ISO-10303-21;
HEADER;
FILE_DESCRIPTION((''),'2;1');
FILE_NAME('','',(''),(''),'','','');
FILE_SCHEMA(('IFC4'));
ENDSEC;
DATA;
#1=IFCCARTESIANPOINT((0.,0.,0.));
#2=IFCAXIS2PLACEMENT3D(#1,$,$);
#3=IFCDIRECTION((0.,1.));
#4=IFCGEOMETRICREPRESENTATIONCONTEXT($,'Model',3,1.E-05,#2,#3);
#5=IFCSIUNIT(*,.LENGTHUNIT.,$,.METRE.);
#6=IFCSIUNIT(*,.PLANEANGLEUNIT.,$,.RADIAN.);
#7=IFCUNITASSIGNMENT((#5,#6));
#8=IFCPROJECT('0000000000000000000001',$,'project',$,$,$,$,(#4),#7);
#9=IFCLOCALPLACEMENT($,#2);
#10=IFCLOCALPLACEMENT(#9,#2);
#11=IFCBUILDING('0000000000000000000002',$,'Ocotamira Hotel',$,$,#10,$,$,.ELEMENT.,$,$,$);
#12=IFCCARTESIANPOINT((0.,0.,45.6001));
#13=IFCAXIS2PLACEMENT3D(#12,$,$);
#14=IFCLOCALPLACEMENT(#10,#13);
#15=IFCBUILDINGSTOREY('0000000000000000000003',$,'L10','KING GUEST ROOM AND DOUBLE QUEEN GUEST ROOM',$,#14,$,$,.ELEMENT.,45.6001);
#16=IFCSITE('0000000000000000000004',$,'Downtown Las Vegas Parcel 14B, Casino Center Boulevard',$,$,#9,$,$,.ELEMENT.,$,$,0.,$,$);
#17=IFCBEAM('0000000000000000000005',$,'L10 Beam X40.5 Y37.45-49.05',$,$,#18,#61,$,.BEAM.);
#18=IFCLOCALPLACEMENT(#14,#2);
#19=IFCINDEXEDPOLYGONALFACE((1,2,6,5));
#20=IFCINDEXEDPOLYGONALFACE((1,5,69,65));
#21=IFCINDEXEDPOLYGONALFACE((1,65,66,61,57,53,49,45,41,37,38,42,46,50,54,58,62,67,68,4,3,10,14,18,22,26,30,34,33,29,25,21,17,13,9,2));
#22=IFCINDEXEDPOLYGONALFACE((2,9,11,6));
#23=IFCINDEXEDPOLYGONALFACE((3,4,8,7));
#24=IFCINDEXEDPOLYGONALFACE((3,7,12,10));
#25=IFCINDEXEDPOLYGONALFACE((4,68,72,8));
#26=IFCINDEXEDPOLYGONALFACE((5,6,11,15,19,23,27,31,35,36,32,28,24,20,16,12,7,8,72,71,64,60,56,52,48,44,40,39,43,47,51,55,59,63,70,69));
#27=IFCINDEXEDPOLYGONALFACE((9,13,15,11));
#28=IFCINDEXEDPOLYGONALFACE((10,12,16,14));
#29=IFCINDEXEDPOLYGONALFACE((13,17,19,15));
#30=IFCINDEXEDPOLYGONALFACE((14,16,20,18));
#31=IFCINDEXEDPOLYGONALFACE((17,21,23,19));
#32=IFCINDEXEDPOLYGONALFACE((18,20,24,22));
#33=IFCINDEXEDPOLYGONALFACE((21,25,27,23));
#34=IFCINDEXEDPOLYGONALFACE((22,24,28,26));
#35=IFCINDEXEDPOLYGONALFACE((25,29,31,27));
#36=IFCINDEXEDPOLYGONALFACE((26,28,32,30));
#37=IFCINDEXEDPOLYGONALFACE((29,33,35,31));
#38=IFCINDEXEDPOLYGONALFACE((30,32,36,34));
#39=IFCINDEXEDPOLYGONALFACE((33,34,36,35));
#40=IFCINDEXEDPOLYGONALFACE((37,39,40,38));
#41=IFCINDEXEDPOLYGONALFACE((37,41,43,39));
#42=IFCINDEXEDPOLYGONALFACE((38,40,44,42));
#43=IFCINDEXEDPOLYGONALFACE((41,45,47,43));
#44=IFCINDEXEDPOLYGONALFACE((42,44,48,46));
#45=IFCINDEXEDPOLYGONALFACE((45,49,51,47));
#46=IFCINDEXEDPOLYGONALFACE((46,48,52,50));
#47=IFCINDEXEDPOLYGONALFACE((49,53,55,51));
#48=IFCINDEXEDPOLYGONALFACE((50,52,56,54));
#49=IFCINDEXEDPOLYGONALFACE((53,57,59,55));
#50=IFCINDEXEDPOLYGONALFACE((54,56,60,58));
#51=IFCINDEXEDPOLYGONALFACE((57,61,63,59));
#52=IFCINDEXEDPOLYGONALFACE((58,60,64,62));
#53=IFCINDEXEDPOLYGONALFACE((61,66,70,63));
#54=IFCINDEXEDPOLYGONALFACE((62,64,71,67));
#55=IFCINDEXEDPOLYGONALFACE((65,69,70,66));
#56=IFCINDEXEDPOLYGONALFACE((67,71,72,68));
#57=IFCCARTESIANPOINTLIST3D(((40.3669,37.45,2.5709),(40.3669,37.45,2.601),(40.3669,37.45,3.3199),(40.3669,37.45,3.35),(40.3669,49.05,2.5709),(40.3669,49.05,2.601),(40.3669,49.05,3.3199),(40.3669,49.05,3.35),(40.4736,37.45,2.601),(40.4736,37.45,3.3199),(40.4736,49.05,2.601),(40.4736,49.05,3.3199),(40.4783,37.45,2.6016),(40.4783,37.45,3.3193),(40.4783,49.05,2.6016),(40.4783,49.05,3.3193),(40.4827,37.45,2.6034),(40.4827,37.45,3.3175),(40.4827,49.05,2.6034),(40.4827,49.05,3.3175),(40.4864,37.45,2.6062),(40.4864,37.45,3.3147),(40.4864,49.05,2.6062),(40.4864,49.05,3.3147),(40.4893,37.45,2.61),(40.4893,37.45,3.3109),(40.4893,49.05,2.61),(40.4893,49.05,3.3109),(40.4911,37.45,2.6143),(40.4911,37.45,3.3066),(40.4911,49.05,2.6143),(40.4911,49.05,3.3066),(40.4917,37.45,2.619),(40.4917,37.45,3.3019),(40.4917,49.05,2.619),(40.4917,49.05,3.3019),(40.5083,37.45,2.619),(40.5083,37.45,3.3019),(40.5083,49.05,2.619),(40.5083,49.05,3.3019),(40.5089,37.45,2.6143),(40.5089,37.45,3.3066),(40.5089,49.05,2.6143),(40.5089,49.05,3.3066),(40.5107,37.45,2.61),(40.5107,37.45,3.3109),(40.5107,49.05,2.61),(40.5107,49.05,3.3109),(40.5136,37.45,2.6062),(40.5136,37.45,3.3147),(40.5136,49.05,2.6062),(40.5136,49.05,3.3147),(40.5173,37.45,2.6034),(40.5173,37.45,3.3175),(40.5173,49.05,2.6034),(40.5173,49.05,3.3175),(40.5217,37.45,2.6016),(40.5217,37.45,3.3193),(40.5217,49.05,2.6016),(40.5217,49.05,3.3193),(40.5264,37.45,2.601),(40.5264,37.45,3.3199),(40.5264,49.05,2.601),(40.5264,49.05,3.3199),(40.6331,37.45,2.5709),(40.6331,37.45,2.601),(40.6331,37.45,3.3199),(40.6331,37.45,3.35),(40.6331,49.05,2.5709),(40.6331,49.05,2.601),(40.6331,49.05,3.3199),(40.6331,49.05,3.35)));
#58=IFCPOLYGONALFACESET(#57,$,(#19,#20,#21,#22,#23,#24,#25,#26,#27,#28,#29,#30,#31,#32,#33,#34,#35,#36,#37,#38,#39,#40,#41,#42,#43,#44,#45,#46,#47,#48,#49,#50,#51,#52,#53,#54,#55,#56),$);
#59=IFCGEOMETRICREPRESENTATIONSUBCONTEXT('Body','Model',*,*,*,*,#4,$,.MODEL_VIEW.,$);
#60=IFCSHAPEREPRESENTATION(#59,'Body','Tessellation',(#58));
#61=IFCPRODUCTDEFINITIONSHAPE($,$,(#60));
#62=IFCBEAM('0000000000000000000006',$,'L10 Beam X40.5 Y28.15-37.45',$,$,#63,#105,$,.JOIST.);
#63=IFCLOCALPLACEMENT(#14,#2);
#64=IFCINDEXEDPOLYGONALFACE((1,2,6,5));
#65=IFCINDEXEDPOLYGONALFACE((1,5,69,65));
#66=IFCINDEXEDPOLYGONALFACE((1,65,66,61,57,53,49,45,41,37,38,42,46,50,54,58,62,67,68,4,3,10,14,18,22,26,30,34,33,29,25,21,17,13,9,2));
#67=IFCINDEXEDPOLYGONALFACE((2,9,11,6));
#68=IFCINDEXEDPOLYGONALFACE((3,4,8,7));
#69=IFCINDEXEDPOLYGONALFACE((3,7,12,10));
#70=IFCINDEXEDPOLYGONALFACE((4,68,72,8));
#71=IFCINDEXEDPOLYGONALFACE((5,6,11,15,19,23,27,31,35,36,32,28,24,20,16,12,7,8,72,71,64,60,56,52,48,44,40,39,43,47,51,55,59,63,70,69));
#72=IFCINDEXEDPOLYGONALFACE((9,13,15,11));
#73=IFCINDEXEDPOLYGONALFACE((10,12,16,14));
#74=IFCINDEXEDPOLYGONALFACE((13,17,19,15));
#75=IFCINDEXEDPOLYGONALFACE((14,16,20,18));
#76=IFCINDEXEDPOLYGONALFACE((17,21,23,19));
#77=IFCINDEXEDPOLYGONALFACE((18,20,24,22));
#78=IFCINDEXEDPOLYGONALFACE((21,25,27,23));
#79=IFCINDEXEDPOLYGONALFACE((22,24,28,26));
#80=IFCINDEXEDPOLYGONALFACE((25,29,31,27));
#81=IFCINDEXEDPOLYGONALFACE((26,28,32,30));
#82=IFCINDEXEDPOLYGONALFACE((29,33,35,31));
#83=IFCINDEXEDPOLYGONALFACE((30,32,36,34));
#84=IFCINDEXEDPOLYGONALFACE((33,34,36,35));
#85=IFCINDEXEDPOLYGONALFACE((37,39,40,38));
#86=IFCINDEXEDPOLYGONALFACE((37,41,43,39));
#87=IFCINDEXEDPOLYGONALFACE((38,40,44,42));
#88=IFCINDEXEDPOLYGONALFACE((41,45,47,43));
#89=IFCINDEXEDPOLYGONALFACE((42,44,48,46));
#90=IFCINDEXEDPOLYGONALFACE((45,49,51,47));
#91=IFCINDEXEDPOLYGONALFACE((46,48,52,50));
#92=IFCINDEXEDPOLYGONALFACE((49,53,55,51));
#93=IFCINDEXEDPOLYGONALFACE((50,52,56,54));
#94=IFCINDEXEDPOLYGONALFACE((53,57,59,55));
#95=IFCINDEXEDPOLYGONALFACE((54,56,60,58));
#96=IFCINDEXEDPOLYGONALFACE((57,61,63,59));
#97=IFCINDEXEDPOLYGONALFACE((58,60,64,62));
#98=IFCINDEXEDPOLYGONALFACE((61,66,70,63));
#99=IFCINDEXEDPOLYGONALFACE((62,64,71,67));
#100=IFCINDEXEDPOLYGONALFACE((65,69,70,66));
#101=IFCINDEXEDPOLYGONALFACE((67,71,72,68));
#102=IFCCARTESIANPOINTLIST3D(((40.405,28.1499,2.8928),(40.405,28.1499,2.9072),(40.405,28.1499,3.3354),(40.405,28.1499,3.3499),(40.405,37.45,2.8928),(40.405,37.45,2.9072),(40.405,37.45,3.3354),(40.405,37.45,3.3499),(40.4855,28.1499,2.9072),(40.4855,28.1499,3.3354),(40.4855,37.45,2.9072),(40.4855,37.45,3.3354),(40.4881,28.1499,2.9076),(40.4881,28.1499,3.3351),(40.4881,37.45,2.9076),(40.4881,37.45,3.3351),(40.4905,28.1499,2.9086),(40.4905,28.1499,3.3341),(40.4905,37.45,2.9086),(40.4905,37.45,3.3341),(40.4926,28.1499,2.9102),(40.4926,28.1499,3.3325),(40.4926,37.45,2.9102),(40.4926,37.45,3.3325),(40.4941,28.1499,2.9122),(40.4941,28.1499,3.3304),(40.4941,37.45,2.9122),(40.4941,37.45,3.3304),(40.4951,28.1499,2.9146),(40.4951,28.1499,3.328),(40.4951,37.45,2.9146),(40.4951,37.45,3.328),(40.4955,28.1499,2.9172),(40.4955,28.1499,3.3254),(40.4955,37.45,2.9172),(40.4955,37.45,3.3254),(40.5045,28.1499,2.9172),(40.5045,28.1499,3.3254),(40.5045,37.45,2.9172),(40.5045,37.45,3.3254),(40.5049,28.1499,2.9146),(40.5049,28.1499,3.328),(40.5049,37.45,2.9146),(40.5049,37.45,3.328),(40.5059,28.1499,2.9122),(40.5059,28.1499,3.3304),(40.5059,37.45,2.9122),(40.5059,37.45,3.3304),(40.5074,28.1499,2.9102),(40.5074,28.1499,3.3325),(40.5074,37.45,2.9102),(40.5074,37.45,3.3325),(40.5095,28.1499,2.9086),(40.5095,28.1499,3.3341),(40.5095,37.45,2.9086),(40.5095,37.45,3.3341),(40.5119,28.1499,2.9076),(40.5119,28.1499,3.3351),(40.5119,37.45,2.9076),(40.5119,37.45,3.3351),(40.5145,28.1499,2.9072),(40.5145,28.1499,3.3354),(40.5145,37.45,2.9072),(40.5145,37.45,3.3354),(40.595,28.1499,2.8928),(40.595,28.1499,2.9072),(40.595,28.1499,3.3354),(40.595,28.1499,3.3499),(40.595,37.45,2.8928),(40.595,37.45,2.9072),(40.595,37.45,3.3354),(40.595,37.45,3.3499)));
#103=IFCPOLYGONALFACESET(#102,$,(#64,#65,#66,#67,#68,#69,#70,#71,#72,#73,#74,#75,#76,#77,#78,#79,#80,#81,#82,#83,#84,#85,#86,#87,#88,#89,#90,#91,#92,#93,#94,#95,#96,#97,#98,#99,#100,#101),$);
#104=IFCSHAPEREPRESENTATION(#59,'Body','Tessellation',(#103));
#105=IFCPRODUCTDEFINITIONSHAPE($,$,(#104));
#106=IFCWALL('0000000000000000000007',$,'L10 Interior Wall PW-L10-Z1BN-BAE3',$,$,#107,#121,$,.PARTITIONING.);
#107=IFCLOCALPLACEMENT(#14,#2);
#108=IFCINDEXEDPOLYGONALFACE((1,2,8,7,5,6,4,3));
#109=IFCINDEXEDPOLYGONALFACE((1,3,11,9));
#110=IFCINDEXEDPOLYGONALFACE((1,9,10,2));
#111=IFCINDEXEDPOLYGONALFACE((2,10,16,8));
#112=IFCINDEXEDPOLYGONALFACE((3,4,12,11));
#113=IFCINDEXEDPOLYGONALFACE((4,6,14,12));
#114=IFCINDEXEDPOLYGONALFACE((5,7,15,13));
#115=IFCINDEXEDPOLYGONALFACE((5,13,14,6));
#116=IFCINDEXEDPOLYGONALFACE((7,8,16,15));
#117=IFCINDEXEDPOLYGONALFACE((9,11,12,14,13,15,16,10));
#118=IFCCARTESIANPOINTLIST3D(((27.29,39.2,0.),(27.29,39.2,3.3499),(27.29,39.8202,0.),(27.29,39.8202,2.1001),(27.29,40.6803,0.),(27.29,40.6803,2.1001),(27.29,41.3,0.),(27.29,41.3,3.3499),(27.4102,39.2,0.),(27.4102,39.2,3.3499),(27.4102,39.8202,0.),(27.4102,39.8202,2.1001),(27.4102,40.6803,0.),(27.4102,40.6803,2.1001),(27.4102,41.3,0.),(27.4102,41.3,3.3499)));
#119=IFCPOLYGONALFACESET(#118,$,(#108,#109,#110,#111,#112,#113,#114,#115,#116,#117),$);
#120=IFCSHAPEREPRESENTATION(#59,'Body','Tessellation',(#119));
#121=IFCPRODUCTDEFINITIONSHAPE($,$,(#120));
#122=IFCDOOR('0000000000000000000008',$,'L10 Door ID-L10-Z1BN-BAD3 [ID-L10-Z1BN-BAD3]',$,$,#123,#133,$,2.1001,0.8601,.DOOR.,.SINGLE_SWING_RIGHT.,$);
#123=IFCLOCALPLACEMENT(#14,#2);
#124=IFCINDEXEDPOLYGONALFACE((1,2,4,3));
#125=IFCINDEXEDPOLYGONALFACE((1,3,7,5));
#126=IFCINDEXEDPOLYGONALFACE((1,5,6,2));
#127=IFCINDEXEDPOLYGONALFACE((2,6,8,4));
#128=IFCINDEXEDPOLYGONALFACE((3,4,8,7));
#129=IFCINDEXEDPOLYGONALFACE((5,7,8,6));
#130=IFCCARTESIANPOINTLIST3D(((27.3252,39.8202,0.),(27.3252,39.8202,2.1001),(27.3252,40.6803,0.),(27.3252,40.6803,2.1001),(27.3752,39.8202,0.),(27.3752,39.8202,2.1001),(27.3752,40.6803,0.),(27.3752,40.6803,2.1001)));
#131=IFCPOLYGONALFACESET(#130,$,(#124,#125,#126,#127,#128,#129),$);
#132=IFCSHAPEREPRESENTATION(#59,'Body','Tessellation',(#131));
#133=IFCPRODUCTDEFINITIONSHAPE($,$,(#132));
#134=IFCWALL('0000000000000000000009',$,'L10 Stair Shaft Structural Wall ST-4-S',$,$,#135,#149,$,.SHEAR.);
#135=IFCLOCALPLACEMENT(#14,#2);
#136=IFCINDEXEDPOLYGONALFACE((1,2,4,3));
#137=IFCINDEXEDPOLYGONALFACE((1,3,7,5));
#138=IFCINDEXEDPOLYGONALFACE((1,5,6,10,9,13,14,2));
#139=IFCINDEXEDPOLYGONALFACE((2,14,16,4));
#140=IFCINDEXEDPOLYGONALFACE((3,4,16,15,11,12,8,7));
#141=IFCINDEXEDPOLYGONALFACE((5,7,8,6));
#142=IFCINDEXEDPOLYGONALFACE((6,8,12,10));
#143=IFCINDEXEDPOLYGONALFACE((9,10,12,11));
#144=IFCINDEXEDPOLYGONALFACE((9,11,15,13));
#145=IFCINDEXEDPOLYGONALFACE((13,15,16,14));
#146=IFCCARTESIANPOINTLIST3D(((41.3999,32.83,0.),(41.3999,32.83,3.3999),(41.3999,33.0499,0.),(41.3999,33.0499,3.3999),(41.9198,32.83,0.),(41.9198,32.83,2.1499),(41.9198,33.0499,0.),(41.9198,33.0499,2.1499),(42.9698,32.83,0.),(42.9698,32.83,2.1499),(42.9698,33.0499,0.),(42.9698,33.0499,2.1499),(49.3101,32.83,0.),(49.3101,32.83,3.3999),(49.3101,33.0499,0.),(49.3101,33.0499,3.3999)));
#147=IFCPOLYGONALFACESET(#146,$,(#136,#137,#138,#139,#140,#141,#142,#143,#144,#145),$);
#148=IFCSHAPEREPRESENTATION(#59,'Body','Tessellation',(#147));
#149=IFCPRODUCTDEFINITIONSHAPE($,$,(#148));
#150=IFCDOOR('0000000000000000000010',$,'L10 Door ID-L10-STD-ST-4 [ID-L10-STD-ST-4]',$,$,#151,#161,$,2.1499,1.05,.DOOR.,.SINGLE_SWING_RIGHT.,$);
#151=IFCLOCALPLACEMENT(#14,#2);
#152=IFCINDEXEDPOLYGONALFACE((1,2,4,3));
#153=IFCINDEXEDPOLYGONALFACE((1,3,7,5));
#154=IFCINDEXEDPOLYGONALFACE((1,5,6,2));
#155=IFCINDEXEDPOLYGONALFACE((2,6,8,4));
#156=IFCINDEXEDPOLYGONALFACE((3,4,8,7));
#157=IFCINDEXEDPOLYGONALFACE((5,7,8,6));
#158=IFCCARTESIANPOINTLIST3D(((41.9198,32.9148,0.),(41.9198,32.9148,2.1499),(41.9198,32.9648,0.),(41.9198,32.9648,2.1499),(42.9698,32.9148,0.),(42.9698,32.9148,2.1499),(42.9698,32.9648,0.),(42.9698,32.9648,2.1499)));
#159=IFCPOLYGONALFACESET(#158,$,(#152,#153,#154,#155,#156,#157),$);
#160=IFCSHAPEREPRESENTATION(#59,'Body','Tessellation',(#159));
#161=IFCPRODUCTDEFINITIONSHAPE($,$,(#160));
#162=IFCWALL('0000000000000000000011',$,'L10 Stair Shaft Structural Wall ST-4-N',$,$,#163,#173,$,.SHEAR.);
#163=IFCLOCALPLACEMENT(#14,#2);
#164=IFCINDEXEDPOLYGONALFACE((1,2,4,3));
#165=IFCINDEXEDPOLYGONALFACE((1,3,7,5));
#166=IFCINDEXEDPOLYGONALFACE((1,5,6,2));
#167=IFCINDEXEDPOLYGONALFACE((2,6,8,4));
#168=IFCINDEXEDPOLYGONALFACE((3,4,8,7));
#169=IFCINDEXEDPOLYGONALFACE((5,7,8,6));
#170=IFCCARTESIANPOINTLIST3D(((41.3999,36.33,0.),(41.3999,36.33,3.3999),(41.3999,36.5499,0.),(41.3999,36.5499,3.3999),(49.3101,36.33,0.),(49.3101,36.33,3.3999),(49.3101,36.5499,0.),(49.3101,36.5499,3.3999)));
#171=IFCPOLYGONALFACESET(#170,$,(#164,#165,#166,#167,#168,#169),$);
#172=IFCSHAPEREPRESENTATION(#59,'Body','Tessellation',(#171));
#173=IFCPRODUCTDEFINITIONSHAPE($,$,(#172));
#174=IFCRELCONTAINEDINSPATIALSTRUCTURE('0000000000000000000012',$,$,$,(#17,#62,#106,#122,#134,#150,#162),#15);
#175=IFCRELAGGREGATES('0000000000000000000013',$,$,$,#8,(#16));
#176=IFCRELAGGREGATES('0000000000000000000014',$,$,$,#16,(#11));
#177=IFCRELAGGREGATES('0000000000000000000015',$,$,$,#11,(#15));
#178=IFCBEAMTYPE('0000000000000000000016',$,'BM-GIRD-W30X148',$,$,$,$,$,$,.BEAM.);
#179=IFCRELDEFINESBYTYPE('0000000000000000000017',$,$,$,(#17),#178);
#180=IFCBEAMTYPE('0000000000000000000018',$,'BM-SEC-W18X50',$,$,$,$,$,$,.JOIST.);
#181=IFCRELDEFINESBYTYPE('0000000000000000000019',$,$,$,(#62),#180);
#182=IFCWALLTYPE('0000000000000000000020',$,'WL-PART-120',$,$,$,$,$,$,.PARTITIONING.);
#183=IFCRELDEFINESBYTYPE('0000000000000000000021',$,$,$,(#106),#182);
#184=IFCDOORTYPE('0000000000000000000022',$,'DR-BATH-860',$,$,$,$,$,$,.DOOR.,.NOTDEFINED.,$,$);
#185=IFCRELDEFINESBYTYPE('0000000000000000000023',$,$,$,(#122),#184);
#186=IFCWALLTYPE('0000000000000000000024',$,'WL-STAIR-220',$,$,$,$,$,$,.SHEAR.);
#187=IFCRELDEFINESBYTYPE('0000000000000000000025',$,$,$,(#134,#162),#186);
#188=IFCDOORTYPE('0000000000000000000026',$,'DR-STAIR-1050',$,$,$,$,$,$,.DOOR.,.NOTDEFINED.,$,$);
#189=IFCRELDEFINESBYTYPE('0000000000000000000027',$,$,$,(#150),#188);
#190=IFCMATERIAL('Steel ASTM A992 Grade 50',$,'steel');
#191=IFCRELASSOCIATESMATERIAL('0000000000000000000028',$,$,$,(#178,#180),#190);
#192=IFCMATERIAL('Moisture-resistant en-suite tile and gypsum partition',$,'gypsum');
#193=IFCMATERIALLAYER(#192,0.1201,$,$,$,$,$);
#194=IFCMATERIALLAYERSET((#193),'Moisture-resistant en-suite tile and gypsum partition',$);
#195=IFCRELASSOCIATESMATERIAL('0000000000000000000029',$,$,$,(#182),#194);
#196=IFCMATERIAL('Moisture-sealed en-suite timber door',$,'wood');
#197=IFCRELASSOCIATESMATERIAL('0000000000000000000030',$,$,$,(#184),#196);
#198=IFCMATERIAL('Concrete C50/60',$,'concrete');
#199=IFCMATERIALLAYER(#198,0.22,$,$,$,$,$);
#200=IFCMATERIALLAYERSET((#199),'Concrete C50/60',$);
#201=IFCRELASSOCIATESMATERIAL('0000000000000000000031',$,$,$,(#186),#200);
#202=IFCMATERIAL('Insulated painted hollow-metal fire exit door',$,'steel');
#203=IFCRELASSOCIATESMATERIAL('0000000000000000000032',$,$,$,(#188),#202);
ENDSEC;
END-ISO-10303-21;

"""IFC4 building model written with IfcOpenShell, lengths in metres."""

from ifc_helpers import new_model, si_unit, direction, frame, frame_2d, origin, origin_2d, place, context, subcontext, project, spatial, rectangle, i_section, extrude, source, transform, mapped, material, layer, layer_set, material_profile, profile_set, type_object, element, fill, save


model = new_model("IFC4")

# Units and contexts
model_context = context("Model", 3, precision=1e-05, world=origin(), true_north=direction((0.0, 1.0)))
body_context = subcontext(model_context, "Body", "Model", "MODEL_VIEW")
ifc_project = project(units=[si_unit("LENGTHUNIT", "METRE"), si_unit("PLANEANGLEUNIT", "RADIAN")], contexts=[model_context])

# Site, building, storey
site_placement = place(None, origin())
site = spatial("IfcSite", under=ifc_project, at=site_placement, Name="Downtown Las Vegas Parcel 14B, Casino Center Boulevard", CompositionType="ELEMENT", RefElevation=0.0)
building_placement = place(site_placement, origin())
building = spatial("IfcBuilding", under=site, at=building_placement, Name="Ocotamira Hotel", CompositionType="ELEMENT")
storey_placement = place(building_placement, frame((0.0, 0.0, 45.6001)))
storey = spatial("IfcBuildingStorey", under=building, at=storey_placement, Name="L10", Description="KING GUEST ROOM AND DOUBLE QUEEN GUEST ROOM", CompositionType="ELEMENT", Elevation=45.6001)

# Beams
ifc_material_1 = material(Name="Steel ASTM A992 Grade 50", Category="steel")
ifc_material_profile_1 = material_profile(ifc_material_1, i_section(OverallWidth=0.2661, OverallDepth=0.7791, WebThickness=0.0166, FlangeThickness=0.03, FilletRadius=0.0181, at=origin_2d()), Name="W30X148")
ifc_profile_set_1 = profile_set([ifc_material_profile_1], Name="Steel ASTM A992 Grade 50")
beam_type_1 = type_object("IfcBeamType", Name="BM-GIRD-W30X148", PredefinedType="BEAM", material=ifc_profile_set_1)
shared_shape_1 = source(origin(), body_context, "Body", "SweptSolid", [
    extrude(i_section(OverallWidth=0.2661, OverallDepth=0.7791, WebThickness=0.0166, FlangeThickness=0.03, FilletRadius=0.0181, at=origin_2d()), origin(), (0.0, 0.0, 1.0), 11.6001),
])
beam_1_placement = place(storey_placement, frame((40.5, 37.45, 2.9604), z_axis=(0.0, 1.0, 0.0), x_axis=(-1.0, 0.0, 0.0)))
element("IfcBeam", 1, at=beam_1_placement, inside=storey, type_object=beam_type_1, Name="L10 Beam X40.5 Y37.45-49.05", PredefinedType="BEAM", context=body_context, shape_type="MappedRepresentation", body=[
    mapped(shared_shape_1, transform((0.0, 0.0, 0.0), scale=1.0)),
])
ifc_material_profile_2 = material_profile(ifc_material_1, i_section(OverallWidth=0.1899, OverallDepth=0.457, WebThickness=0.009, FlangeThickness=0.0144, FilletRadius=0.01, at=origin_2d()), Name="W18X50")
ifc_profile_set_2 = profile_set([ifc_material_profile_2], Name="Steel ASTM A992 Grade 50")
beam_type_2 = type_object("IfcBeamType", Name="BM-SEC-W18X50", PredefinedType="JOIST", material=ifc_profile_set_2)
shared_shape_2 = source(origin(), body_context, "Body", "SweptSolid", [
    extrude(i_section(OverallWidth=0.1899, OverallDepth=0.457, WebThickness=0.009, FlangeThickness=0.0144, FilletRadius=0.01, at=origin_2d()), origin(), (0.0, 0.0, 1.0), 9.3),
])
beam_2_placement = place(storey_placement, frame((40.5, 28.1499, 3.1213), z_axis=(0.0, 1.0, 0.0), x_axis=(-1.0, 0.0, 0.0)))
element("IfcBeam", 2, at=beam_2_placement, inside=storey, type_object=beam_type_2, Name="L10 Beam X40.5 Y28.15-37.45", PredefinedType="JOIST", context=body_context, shape_type="MappedRepresentation", body=[
    mapped(shared_shape_2, transform((0.0, 0.0, 0.0), scale=1.0)),
])

# Walls, openings, doors
ifc_material_2 = material(Name="Moisture-resistant en-suite tile and gypsum partition", Category="gypsum")
ifc_layer_1 = layer(ifc_material_2, 0.1201)
ifc_layer_set_1 = layer_set([ifc_layer_1], Name="Moisture-resistant en-suite tile and gypsum partition")
wall_type_1 = type_object("IfcWallType", Name="WL-PART-120", PredefinedType="PARTITIONING", material=ifc_layer_set_1)
wall_1_placement = place(storey_placement, frame((27.3501, 39.2, 0.0), z_axis=(0.0, 0.0, 1.0), x_axis=(0.0, 1.0, 0.0)))
wall_1 = element("IfcWall", 3, at=wall_1_placement, inside=storey, type_object=wall_type_1, Name="L10 Interior Wall PW-L10-Z1BN-BAE3", PredefinedType="PARTITIONING", context=body_context, shape_type="SweptSolid", body=[
    extrude(rectangle(XDim=2.1001, YDim=0.1201, at=frame_2d((1.05, 0.0))), origin(), (0.0, 0.0, 1.0), 3.3499),
])
opening_1_placement = place(wall_1_placement, frame((0.6201, 0.0, 0.0)))
opening_1 = element("IfcOpeningElement", 4, at=opening_1_placement, cuts=wall_1, PredefinedType="OPENING", context=body_context, shape_type="SweptSolid", body=[
    extrude(rectangle(XDim=0.8601, YDim=2.1001, at=frame_2d((0.4302, 1.05))), frame((0.0, 0.0701, 0.0), z_axis=(0.0, -1.0, 0.0), x_axis=(1.0, 0.0, 0.0)), (0.0, 0.0, 1.0), 0.1401),
])
ifc_material_3 = material(Name="Moisture-sealed en-suite timber door", Category="wood")
door_type_1 = type_object("IfcDoorType", Name="DR-BATH-860", OperationType="NOTDEFINED", PredefinedType="DOOR", material=ifc_material_3)
shared_shape_3 = source(origin(), body_context, "Body", "SweptSolid", [
    extrude(rectangle(XDim=0.8601, YDim=2.1001, at=frame_2d((0.4302, 1.05))), frame((0.0, 0.0249, 0.0), z_axis=(0.0, -1.0, 0.0), x_axis=(1.0, 0.0, 0.0)), (0.0, 0.0, 1.0), 0.05),
])
door_1_placement = place(opening_1_placement, origin())
door_1 = element("IfcDoor", 5, at=door_1_placement, inside=storey, type_object=door_type_1, Name="L10 Door ID-L10-Z1BN-BAD3 [ID-L10-Z1BN-BAD3]", OperationType="SINGLE_SWING_RIGHT", OverallHeight=2.1001, OverallWidth=0.8601, PredefinedType="DOOR", context=body_context, shape_type="MappedRepresentation", body=[
    mapped(shared_shape_3, transform((0.0, 0.0, 0.0), scale=1.0)),
])
fill(opening_1, door_1)
ifc_material_4 = material(Name="Concrete C50/60", Category="concrete")
ifc_layer_2 = layer(ifc_material_4, 0.22)
ifc_layer_set_2 = layer_set([ifc_layer_2], Name="Concrete C50/60")
wall_type_2 = type_object("IfcWallType", Name="WL-STAIR-220", PredefinedType="SHEAR", material=ifc_layer_set_2)
wall_2_placement = place(storey_placement, frame((41.3999, 32.9399, 0.0), z_axis=(0.0, 0.0, 1.0), x_axis=(1.0, 0.0, 0.0)))
wall_2 = element("IfcWall", 6, at=wall_2_placement, inside=storey, type_object=wall_type_2, Name="L10 Stair Shaft Structural Wall ST-4-S", PredefinedType="SHEAR", context=body_context, shape_type="SweptSolid", body=[
    extrude(rectangle(XDim=7.9102, YDim=0.22, at=frame_2d((3.9551, 0.0))), origin(), (0.0, 0.0, 1.0), 3.3999),
])
opening_2_placement = place(wall_2_placement, frame((0.52, 0.0, 0.0)))
opening_2 = element("IfcOpeningElement", 7, at=opening_2_placement, cuts=wall_2, PredefinedType="OPENING", context=body_context, shape_type="SweptSolid", body=[
    extrude(rectangle(XDim=1.05, YDim=2.1499, at=frame_2d((0.5249, 1.075))), frame((0.0, 0.1201, 0.0), z_axis=(0.0, -1.0, 0.0), x_axis=(1.0, 0.0, 0.0)), (0.0, 0.0, 1.0), 0.24),
])
ifc_material_5 = material(Name="Insulated painted hollow-metal fire exit door", Category="steel")
door_type_2 = type_object("IfcDoorType", Name="DR-STAIR-1050", OperationType="NOTDEFINED", PredefinedType="DOOR", material=ifc_material_5)
shared_shape_4 = source(origin(), body_context, "Body", "SweptSolid", [
    extrude(rectangle(XDim=1.05, YDim=2.1499, at=frame_2d((0.5249, 1.075))), frame((0.0, 0.0249, 0.0), z_axis=(0.0, -1.0, 0.0), x_axis=(1.0, 0.0, 0.0)), (0.0, 0.0, 1.0), 0.05),
])
door_2_placement = place(opening_2_placement, origin())
door_2 = element("IfcDoor", 8, at=door_2_placement, inside=storey, type_object=door_type_2, Name="L10 Door ID-L10-STD-ST-4 [ID-L10-STD-ST-4]", OperationType="SINGLE_SWING_RIGHT", OverallHeight=2.1499, OverallWidth=1.05, PredefinedType="DOOR", context=body_context, shape_type="MappedRepresentation", body=[
    mapped(shared_shape_4, transform((0.0, 0.0, 0.0), scale=1.0)),
])
fill(opening_2, door_2)

# Wall
wall_3_placement = place(storey_placement, frame((41.3999, 36.4399, 0.0), z_axis=(0.0, 0.0, 1.0), x_axis=(1.0, 0.0, 0.0)))
element("IfcWall", 9, at=wall_3_placement, inside=storey, type_object=wall_type_2, Name="L10 Stair Shaft Structural Wall ST-4-N", PredefinedType="SHEAR", context=body_context, shape_type="SweptSolid", body=[
    extrude(rectangle(XDim=7.9102, YDim=0.22, at=frame_2d((3.9551, 0.0))), origin(), (0.0, 0.0, 1.0), 3.3999),
])

save(model, "model.ifc")
